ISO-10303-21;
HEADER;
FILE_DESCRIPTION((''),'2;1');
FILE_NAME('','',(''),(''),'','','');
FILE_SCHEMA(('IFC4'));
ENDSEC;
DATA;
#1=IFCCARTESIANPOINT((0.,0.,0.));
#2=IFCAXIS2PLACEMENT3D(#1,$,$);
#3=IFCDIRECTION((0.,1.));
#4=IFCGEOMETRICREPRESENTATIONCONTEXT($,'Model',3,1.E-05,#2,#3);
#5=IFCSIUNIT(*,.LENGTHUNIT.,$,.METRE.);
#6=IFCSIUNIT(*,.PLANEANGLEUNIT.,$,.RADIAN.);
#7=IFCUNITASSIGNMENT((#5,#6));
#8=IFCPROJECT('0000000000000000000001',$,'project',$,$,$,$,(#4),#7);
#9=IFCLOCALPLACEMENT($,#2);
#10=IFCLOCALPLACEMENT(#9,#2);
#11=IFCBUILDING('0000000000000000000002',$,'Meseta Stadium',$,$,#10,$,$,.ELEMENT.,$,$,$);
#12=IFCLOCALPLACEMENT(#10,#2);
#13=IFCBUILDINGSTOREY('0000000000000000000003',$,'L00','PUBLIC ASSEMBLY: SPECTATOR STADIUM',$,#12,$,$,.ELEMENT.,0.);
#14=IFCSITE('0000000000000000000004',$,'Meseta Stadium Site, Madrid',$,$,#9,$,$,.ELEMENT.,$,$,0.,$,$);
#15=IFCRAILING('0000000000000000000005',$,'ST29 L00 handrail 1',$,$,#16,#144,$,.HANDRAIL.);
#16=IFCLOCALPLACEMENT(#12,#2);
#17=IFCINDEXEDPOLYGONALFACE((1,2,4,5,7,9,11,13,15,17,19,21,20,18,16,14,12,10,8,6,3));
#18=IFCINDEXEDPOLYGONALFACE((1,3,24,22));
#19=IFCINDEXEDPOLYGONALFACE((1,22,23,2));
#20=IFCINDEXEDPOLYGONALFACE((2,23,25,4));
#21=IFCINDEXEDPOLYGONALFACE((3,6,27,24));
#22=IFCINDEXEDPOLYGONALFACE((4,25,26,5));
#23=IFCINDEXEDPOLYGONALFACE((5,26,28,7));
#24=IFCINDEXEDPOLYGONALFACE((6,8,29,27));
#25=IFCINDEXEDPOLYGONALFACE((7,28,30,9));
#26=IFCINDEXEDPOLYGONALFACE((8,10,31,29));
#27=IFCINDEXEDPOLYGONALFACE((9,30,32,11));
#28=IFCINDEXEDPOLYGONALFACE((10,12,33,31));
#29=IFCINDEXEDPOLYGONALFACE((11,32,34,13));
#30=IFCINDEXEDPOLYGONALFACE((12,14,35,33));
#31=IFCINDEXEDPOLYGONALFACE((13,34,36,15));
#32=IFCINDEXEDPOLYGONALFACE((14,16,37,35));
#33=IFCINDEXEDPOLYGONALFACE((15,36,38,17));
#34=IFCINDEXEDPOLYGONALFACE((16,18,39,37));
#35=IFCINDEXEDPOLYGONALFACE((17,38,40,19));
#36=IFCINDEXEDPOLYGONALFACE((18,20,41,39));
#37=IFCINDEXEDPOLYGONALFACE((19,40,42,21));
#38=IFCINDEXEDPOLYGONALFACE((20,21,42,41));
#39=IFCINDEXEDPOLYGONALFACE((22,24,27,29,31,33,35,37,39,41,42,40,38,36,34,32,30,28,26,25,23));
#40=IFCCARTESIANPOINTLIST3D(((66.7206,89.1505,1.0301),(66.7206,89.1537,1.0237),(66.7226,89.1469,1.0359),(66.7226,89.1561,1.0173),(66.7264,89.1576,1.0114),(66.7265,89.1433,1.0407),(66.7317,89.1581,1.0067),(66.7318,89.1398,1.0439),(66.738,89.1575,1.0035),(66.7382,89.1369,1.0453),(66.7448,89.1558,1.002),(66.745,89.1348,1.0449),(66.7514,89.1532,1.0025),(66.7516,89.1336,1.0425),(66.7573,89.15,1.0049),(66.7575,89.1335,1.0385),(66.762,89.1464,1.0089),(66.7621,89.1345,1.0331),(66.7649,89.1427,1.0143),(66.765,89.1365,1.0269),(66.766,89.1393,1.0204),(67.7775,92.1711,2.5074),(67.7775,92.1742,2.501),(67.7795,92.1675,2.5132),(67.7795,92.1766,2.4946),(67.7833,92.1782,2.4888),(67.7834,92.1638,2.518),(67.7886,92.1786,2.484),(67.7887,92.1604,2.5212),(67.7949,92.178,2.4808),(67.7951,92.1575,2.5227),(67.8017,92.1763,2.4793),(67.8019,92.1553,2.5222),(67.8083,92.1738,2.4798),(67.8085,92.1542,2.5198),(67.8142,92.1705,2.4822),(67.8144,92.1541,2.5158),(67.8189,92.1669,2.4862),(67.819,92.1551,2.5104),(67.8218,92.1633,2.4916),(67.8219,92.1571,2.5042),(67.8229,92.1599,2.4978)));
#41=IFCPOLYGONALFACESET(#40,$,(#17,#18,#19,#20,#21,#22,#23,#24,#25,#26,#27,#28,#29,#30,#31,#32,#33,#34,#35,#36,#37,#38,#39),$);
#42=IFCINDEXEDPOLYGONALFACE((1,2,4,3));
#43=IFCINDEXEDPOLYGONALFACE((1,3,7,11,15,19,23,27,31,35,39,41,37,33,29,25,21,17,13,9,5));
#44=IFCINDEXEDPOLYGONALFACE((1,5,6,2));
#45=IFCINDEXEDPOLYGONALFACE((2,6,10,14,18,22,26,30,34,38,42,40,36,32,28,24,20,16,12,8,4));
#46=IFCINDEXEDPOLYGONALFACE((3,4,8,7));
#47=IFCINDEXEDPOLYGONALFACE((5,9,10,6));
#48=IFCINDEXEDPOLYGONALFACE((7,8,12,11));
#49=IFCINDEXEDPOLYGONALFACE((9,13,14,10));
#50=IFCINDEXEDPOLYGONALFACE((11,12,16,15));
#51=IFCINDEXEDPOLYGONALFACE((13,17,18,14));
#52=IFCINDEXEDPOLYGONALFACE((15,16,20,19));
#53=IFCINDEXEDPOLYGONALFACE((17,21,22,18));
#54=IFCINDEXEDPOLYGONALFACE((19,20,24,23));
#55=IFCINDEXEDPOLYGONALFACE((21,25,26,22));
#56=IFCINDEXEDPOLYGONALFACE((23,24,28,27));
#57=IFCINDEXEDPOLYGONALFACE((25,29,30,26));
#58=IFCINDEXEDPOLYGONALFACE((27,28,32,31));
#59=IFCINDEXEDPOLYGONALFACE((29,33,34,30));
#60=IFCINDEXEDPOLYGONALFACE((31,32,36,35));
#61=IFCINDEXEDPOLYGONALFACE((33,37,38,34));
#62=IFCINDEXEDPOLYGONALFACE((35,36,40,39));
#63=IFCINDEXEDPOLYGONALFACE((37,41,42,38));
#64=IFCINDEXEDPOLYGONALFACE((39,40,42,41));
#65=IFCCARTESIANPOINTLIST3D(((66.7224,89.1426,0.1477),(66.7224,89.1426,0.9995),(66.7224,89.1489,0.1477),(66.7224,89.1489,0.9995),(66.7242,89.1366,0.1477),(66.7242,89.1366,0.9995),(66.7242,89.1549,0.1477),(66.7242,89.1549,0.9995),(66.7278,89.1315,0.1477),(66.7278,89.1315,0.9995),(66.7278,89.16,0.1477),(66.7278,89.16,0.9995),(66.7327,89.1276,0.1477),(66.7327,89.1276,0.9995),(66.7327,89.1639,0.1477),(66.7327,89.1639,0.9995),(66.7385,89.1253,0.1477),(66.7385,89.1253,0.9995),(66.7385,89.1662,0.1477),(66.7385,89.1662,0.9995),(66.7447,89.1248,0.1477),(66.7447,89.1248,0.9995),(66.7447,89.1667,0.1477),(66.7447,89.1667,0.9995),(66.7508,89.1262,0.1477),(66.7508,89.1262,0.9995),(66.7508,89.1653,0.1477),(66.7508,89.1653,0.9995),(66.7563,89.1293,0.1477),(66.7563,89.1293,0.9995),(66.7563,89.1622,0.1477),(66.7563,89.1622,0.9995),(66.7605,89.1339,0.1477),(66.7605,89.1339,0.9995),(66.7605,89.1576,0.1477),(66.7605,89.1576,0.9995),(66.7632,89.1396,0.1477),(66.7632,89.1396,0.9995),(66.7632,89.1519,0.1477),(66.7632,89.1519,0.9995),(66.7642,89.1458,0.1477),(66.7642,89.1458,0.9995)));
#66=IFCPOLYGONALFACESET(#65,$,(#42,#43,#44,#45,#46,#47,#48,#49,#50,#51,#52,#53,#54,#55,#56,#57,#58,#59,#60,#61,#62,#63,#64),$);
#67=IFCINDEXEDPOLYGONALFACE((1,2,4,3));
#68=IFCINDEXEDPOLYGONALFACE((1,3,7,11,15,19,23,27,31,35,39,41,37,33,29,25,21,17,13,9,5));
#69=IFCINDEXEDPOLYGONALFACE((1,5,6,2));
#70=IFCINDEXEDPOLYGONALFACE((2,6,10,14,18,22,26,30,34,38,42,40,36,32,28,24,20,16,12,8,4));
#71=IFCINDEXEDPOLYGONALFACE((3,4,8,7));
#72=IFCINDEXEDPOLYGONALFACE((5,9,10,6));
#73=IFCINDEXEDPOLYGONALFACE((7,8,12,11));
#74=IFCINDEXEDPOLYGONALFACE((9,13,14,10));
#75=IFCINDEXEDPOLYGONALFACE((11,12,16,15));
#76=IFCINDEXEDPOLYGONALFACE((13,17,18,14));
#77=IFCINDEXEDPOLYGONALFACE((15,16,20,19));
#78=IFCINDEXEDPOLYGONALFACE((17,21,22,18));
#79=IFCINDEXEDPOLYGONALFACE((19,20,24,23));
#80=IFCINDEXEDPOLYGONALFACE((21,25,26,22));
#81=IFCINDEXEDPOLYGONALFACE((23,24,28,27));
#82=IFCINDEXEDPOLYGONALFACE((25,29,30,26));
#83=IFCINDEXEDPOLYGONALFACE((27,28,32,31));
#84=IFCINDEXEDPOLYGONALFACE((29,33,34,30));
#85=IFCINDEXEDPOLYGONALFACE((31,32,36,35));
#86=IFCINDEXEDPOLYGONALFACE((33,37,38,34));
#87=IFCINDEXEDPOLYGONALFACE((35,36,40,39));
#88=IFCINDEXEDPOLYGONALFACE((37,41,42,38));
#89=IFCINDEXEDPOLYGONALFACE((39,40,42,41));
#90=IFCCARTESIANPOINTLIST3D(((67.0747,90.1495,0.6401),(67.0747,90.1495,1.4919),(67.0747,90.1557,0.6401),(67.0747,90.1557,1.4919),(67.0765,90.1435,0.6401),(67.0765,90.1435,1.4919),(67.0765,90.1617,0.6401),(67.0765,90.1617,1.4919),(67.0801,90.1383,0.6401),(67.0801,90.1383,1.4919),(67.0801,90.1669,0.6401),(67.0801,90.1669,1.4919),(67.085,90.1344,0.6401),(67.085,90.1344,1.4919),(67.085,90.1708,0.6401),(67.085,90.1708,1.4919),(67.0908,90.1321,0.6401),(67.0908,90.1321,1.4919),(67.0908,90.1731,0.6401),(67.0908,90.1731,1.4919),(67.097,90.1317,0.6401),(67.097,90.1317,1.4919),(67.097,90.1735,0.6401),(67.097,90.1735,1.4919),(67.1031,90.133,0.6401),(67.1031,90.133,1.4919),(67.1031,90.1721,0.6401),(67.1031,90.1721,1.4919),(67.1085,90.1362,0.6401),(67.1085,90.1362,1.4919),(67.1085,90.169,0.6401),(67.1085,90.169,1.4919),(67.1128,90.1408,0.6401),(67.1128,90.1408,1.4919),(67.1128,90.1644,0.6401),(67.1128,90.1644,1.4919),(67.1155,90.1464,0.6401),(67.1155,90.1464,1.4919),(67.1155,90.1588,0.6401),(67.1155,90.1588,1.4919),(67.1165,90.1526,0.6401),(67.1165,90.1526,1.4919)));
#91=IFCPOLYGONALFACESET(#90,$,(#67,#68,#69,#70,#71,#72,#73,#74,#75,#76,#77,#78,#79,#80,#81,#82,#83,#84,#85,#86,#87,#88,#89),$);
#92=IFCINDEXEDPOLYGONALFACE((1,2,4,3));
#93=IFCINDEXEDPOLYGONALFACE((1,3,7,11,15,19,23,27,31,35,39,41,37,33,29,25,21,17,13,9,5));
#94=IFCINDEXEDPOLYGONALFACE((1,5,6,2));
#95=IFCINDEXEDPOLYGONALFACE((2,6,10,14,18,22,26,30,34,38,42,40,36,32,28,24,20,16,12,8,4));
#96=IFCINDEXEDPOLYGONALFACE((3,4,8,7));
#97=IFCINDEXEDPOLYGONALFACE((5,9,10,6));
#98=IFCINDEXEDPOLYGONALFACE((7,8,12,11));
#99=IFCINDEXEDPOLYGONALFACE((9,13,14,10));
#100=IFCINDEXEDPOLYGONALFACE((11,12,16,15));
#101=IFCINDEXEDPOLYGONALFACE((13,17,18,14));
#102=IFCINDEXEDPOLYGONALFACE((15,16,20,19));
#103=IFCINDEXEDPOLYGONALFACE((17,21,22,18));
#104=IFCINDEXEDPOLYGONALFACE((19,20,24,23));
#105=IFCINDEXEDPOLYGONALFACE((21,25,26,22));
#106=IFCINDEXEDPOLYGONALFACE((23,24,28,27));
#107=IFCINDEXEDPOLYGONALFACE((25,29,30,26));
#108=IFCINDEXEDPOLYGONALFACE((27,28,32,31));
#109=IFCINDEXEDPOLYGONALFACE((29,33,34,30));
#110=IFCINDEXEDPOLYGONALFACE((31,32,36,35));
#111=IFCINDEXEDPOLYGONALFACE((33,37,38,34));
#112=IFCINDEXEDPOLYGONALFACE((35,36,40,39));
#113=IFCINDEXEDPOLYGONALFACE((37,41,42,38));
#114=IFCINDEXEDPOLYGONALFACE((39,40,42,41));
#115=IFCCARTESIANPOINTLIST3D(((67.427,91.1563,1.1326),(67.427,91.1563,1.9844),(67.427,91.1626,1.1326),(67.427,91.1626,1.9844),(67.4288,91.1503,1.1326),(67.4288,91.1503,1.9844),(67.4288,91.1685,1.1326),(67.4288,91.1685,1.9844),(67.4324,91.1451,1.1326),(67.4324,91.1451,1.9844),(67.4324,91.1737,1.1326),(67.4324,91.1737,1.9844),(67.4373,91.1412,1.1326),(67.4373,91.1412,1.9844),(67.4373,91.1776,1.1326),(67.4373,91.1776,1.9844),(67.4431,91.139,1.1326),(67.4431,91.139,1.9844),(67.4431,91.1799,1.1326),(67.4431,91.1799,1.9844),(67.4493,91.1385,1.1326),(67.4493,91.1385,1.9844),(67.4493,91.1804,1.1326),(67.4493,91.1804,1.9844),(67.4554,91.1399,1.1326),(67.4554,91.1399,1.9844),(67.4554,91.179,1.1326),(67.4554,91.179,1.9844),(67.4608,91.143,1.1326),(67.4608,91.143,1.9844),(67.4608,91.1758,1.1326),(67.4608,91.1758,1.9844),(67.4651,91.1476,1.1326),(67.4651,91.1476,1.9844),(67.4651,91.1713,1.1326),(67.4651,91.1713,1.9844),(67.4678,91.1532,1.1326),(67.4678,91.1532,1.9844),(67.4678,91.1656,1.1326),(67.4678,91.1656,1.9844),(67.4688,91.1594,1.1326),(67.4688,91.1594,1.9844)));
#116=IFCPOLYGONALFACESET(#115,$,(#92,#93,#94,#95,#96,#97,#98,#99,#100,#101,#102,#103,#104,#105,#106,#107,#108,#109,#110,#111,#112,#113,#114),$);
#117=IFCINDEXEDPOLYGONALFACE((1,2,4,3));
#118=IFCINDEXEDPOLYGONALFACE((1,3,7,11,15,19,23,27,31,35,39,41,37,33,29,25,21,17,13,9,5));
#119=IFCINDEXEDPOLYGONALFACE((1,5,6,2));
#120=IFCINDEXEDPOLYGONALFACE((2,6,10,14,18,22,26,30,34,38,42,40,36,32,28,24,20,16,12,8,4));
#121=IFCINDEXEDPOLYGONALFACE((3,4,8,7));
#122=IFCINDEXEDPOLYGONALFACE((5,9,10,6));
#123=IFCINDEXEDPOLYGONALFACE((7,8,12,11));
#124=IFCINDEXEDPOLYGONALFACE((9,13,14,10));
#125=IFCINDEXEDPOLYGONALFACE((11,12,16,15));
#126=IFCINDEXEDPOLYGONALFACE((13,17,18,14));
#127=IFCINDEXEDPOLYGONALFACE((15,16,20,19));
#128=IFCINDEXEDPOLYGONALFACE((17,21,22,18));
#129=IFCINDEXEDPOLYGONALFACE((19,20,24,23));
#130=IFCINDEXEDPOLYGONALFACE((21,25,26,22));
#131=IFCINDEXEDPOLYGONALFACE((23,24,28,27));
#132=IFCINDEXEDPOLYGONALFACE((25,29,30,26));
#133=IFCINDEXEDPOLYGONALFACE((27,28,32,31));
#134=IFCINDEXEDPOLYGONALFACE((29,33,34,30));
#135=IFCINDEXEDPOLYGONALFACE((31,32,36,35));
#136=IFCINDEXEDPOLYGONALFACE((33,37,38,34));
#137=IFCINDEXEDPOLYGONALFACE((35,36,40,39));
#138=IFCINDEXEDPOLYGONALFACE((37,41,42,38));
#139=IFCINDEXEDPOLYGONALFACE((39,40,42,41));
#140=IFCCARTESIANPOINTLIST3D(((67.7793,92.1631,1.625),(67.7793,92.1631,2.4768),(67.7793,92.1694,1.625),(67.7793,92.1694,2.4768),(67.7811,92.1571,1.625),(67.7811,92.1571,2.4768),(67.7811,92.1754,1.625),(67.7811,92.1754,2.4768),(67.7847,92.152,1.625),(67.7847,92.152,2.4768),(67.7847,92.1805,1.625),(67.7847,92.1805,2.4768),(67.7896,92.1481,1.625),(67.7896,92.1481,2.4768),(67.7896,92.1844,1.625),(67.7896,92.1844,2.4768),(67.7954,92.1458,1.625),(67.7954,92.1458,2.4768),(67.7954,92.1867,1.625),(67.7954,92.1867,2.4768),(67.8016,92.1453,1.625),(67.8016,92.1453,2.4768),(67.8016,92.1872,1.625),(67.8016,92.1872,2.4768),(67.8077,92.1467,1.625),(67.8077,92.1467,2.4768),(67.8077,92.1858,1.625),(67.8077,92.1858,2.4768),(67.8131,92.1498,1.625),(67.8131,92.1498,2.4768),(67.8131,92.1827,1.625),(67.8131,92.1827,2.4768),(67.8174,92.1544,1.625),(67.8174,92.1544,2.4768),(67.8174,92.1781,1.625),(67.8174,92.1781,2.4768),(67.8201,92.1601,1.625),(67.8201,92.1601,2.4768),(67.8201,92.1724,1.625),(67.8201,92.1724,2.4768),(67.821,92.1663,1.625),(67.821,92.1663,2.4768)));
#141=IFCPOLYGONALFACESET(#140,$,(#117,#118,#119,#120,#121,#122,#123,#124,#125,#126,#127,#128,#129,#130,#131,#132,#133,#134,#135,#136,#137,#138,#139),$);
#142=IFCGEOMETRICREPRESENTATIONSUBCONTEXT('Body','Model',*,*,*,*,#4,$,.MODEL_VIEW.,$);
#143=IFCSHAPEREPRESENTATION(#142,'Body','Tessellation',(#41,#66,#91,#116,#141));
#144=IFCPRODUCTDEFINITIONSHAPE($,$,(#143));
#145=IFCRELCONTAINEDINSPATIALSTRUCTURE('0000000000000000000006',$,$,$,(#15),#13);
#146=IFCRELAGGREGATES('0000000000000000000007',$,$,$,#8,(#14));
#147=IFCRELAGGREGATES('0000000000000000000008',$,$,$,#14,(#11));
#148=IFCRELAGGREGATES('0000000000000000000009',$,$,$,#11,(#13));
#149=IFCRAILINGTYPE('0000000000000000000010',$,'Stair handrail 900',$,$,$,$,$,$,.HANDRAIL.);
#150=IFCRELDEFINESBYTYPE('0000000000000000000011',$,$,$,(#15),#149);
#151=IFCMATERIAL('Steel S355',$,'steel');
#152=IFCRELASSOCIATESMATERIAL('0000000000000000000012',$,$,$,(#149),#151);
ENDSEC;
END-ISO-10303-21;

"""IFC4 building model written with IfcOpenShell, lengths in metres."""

from ifc_helpers import new_model, si_unit, direction, frame, origin, origin_2d, place, context, subcontext, project, spatial, circle, extrude, material, type_object, element, save


model = new_model("IFC4")

# Units and contexts
model_context = context("Model", 3, precision=1e-05, world=origin(), true_north=direction((0.0, 1.0)))
body_context = subcontext(model_context, "Body", "Model", "MODEL_VIEW")
ifc_project = project(units=[si_unit("LENGTHUNIT", "METRE"), si_unit("PLANEANGLEUNIT", "RADIAN")], contexts=[model_context])

# Site, building, storey
site_placement = place(None, origin())
site = spatial("IfcSite", under=ifc_project, at=site_placement, Name="Meseta Stadium Site, Madrid", CompositionType="ELEMENT", RefElevation=0.0)
building_placement = place(site_placement, origin())
building = spatial("IfcBuilding", under=site, at=building_placement, Name="Meseta Stadium", CompositionType="ELEMENT")
storey_placement = place(building_placement, origin())
storey = spatial("IfcBuildingStorey", under=building, at=storey_placement, Name="L00", Description="PUBLIC ASSEMBLY: SPECTATOR STADIUM", CompositionType="ELEMENT", Elevation=0.0)

# Railing
ifc_material_1 = material(Name="Steel S355", Category="steel")
railing_type_1 = type_object("IfcRailingType", Name="Stair handrail 900", PredefinedType="HANDRAIL", material=ifc_material_1)
for number, where, name in (
    (1, (66.7432, 89.1458, 0.1477), "ST29 L00 handrail 1"),
):
    element("IfcRailing", number, at=place(storey_placement, frame(where)), inside=storey, type_object=railing_type_1, Name=name, PredefinedType="HANDRAIL", context=body_context, shape_type="SweptSolid", body=[
        extrude(circle(Radius=0.0239, at=origin_2d()), frame((0.0, 0.0, 0.876), z_axis=(0.299859, 0.856977, 0.419137), x_axis=(-0.943887, 0.330269, 0.0)), (0.0, 0.0, 1.0), 3.5247),
        extrude(circle(Radius=0.021, at=origin_2d()), origin(), (0.0, 0.0, 1.0), 0.8518),
        extrude(circle(Radius=0.021, at=origin_2d()), frame((0.3523, 1.0068, 0.4924)), (0.0, 0.0, 1.0), 0.8518),
        extrude(circle(Radius=0.021, at=origin_2d()), frame((0.7046, 2.0137, 0.9849)), (0.0, 0.0, 1.0), 0.8518),
        extrude(circle(Radius=0.021, at=origin_2d()), frame((1.0569, 3.0205, 1.4773)), (0.0, 0.0, 1.0), 0.8518),
    ])

save(model, "model.ifc")
